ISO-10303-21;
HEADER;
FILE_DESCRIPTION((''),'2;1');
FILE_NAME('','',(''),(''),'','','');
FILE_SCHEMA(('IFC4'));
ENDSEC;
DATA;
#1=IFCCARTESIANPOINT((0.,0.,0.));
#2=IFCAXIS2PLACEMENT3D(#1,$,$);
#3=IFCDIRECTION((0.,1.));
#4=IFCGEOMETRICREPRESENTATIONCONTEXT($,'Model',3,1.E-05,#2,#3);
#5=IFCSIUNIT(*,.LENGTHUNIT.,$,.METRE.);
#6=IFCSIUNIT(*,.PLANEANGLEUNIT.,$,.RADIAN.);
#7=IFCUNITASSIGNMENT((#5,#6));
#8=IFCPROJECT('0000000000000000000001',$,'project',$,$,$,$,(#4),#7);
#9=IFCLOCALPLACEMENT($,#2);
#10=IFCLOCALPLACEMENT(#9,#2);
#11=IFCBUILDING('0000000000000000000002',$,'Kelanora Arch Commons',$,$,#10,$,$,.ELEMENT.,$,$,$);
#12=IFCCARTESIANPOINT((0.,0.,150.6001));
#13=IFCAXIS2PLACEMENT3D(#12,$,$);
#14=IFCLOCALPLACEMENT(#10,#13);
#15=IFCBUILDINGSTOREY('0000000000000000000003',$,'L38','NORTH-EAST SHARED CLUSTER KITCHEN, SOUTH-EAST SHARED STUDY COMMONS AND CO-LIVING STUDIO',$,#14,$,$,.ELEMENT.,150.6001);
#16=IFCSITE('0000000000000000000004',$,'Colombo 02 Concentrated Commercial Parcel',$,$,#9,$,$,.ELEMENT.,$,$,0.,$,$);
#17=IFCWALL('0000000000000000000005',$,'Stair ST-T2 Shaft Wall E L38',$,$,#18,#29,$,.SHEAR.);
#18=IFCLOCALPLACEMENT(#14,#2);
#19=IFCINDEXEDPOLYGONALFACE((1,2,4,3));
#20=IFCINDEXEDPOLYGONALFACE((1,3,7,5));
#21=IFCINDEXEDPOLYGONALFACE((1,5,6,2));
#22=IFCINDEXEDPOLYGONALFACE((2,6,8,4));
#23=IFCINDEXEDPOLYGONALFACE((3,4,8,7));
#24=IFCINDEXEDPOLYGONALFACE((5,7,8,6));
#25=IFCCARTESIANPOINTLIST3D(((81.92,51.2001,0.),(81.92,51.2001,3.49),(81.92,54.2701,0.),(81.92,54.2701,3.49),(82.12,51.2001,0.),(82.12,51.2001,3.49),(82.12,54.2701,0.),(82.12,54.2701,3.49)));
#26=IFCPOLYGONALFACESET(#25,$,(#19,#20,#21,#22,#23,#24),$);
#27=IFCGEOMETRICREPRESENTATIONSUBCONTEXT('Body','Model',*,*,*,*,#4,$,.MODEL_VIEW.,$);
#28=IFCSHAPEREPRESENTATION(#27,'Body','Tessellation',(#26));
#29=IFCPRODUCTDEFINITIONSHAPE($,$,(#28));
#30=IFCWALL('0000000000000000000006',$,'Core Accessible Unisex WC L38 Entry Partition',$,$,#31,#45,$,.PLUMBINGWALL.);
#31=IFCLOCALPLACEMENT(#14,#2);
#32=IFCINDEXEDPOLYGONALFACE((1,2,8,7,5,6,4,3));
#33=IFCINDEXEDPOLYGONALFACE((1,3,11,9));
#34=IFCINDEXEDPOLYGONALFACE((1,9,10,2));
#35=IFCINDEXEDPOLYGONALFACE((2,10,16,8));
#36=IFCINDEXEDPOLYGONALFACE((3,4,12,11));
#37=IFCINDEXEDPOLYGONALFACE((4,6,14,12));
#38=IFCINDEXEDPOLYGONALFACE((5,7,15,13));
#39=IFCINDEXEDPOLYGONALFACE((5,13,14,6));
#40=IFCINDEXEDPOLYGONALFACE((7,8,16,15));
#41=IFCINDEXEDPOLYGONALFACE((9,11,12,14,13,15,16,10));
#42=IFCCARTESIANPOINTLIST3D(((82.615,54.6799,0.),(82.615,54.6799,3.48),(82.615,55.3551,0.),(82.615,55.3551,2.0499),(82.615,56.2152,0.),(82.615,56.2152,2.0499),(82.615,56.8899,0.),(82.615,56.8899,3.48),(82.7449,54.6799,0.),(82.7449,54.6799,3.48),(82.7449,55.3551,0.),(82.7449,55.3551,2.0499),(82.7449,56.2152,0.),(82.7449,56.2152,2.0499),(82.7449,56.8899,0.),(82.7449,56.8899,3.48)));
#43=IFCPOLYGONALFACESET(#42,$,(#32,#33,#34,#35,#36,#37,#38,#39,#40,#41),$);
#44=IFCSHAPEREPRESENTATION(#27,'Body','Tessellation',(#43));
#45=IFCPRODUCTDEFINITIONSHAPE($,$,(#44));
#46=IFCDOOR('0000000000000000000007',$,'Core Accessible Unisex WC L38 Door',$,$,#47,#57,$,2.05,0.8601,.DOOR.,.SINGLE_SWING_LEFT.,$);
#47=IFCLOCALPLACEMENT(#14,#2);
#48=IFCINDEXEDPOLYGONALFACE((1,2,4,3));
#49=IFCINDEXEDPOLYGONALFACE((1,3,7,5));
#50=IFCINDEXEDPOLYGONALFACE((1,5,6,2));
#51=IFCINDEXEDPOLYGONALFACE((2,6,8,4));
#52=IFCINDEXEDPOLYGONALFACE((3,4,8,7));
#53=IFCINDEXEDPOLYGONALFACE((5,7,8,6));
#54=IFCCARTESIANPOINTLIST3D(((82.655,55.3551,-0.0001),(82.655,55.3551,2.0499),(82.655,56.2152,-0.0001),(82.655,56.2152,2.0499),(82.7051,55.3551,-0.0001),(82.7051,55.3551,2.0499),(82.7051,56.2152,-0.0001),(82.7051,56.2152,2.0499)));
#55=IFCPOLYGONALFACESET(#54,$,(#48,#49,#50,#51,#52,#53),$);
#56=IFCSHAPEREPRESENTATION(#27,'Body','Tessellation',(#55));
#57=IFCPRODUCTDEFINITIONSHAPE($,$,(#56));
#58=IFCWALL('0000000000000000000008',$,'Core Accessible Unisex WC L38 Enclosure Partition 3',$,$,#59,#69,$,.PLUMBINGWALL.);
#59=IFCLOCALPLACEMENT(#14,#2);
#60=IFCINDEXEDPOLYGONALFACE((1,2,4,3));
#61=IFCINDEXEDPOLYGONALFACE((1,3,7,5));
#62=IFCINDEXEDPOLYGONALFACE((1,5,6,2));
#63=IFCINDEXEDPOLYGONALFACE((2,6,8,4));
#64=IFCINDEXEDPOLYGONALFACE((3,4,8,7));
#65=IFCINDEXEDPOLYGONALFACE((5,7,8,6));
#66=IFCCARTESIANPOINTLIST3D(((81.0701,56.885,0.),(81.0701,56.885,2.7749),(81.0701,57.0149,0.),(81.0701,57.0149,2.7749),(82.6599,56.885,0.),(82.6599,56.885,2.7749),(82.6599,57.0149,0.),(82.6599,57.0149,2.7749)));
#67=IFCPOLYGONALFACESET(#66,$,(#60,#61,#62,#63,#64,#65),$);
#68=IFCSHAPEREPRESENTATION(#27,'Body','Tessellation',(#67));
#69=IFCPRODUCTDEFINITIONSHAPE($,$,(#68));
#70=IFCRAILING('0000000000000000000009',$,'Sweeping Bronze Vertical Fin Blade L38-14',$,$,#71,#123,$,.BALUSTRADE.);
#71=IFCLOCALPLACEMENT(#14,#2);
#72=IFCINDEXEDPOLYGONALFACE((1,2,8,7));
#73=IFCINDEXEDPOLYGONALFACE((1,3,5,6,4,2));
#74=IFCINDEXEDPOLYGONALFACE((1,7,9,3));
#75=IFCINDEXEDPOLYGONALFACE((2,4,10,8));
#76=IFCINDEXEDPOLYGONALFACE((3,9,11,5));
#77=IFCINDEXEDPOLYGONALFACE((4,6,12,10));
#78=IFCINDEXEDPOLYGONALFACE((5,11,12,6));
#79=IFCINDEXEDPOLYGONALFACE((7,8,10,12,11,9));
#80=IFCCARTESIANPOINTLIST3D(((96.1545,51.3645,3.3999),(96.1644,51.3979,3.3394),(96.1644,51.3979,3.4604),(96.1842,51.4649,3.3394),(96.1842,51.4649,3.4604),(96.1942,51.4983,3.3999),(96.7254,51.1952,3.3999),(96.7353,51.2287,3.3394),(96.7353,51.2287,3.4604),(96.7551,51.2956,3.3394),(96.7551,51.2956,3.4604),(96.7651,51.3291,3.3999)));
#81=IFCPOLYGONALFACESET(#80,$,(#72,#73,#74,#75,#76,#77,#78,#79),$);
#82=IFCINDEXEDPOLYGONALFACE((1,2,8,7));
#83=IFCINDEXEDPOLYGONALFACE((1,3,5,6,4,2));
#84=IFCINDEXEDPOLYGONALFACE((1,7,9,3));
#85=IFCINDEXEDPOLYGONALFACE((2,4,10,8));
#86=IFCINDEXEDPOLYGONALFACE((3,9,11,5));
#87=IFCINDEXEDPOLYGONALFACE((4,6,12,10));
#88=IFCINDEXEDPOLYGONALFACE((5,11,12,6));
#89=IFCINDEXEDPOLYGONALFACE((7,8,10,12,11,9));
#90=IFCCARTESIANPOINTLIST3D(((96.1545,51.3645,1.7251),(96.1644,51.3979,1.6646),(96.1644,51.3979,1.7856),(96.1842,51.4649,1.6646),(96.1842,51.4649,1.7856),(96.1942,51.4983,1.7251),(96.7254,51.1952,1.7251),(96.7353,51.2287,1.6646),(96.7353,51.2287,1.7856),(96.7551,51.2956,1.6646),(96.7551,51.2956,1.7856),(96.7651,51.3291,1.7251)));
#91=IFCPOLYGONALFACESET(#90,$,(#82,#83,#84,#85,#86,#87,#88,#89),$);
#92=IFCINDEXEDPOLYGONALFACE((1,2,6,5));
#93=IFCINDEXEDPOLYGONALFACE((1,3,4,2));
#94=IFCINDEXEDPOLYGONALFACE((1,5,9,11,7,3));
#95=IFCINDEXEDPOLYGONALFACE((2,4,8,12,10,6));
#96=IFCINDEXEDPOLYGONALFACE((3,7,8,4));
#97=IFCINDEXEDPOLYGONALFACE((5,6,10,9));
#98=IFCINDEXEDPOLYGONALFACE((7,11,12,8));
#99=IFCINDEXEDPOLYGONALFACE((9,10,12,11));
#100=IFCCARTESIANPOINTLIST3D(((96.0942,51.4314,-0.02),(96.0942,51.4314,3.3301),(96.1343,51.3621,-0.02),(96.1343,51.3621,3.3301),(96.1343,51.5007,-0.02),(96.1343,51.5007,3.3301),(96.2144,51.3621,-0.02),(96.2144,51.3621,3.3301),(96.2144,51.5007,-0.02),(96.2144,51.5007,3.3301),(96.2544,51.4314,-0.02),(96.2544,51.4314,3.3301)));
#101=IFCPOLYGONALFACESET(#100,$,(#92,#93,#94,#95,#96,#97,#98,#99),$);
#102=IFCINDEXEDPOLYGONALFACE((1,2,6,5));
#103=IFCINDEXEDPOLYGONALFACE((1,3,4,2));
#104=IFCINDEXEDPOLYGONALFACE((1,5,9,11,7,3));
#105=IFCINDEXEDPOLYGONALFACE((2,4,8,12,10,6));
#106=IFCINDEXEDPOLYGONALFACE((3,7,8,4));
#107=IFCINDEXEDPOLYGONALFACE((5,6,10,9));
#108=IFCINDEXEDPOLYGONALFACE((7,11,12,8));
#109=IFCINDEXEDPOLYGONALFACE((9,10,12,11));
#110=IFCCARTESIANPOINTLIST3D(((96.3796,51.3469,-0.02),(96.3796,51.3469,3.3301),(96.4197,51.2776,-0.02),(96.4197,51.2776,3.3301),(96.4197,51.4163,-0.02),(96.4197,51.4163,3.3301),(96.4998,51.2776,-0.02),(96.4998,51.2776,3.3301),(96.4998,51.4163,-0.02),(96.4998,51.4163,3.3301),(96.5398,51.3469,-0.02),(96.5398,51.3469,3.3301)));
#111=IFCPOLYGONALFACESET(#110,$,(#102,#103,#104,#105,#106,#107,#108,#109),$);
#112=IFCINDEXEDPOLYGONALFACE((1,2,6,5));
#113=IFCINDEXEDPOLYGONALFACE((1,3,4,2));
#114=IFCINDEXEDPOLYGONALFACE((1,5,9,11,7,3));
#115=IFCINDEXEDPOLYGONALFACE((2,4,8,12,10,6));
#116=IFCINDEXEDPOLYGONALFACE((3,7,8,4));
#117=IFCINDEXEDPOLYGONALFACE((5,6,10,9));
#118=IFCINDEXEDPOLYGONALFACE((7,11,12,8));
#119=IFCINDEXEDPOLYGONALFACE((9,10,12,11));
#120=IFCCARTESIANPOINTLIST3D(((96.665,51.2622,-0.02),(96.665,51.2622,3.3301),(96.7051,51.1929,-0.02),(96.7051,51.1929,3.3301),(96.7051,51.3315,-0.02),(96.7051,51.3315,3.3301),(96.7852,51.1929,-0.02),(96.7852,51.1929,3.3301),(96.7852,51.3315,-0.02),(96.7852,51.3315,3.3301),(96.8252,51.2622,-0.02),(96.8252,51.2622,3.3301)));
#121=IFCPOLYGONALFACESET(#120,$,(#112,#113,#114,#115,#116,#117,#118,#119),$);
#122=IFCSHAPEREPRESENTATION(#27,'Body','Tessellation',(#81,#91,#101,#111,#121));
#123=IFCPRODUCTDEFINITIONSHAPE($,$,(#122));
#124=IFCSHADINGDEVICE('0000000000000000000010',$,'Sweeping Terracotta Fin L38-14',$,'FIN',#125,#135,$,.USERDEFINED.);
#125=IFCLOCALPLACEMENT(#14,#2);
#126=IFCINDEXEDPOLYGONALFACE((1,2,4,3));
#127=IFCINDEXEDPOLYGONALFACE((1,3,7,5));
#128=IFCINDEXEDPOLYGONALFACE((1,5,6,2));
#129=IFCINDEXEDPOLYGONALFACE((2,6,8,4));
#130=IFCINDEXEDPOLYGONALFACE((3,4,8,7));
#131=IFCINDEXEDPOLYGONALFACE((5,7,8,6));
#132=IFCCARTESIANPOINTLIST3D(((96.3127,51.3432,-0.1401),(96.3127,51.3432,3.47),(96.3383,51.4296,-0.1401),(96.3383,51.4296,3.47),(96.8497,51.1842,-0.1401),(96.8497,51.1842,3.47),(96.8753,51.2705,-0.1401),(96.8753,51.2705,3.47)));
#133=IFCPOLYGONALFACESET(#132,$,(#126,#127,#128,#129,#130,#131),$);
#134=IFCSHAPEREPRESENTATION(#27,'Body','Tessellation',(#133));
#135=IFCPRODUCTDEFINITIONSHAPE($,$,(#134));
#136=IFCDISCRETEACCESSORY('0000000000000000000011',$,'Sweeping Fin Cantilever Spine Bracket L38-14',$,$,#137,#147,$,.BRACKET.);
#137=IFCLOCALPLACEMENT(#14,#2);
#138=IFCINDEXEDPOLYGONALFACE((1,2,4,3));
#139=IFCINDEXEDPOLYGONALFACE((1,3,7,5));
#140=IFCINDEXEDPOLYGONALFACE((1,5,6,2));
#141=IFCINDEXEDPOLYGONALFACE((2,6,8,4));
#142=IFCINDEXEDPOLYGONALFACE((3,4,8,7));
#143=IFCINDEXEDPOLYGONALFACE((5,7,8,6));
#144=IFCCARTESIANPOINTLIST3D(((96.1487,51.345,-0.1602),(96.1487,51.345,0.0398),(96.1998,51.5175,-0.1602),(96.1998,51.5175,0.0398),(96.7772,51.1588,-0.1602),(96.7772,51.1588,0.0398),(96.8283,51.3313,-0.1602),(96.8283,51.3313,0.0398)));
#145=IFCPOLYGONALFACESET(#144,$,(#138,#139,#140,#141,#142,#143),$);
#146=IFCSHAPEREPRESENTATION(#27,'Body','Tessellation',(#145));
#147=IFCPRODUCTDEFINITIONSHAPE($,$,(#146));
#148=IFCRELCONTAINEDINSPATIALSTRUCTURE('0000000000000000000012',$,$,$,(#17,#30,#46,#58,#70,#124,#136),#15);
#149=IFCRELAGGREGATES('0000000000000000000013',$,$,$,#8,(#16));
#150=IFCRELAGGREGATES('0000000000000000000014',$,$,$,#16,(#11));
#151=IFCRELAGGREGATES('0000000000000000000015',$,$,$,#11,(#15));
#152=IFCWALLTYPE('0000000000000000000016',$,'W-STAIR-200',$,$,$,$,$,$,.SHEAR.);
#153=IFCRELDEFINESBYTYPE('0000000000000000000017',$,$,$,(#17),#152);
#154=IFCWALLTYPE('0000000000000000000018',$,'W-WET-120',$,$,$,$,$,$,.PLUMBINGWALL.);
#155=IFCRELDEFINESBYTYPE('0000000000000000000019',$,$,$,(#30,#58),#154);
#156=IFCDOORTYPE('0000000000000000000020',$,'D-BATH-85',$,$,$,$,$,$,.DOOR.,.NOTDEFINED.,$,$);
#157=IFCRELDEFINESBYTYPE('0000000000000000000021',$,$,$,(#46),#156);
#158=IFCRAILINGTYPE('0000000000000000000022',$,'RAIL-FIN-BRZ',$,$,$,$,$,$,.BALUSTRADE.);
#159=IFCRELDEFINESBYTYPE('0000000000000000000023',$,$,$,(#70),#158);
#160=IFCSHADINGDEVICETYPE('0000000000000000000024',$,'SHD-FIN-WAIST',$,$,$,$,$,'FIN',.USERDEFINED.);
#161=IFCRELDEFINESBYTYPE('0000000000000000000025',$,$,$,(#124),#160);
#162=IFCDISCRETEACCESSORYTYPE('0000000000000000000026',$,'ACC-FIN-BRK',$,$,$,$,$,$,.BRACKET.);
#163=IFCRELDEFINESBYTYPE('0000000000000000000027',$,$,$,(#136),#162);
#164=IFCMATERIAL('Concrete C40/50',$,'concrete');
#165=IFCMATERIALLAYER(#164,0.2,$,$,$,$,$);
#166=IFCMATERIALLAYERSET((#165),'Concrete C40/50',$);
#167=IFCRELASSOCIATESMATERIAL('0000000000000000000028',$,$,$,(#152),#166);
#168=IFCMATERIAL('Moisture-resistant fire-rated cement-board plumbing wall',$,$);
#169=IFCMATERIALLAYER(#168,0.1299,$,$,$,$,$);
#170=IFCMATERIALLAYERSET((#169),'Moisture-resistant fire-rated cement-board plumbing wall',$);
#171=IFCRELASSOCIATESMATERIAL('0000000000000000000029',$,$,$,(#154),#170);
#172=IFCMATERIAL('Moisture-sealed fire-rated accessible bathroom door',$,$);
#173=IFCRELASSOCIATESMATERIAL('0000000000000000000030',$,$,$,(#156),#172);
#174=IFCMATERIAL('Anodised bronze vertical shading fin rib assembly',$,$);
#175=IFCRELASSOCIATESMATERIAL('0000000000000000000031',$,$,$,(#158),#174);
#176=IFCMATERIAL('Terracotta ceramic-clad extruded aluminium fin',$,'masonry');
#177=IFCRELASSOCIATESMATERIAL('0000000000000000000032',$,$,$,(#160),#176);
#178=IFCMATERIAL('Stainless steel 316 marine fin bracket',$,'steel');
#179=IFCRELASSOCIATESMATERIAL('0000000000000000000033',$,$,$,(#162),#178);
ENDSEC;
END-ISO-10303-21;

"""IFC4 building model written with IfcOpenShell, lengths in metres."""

from ifc_helpers import new_model, si_unit, direction, frame, frame_2d, origin, origin_2d, place, context, subcontext, project, spatial, polyline, rectangle, outline, extrude, source, transform, mapped, material, layer, layer_set, type_object, element, fill, save


model = new_model("IFC4")

# Units and contexts
model_context = context("Model", 3, precision=1e-05, world=origin(), true_north=direction((0.0, 1.0)))
body_context = subcontext(model_context, "Body", "Model", "MODEL_VIEW")
ifc_project = project(units=[si_unit("LENGTHUNIT", "METRE"), si_unit("PLANEANGLEUNIT", "RADIAN")], contexts=[model_context])

# Site, building, storey
site_placement = place(None, origin())
site = spatial("IfcSite", under=ifc_project, at=site_placement, Name="Colombo 02 Concentrated Commercial Parcel", CompositionType="ELEMENT", RefElevation=0.0)
building_placement = place(site_placement, origin())
building = spatial("IfcBuilding", under=site, at=building_placement, Name="Kelanora Arch Commons", CompositionType="ELEMENT")
storey_placement = place(building_placement, frame((0.0, 0.0, 150.6001)))
storey = spatial("IfcBuildingStorey", under=building, at=storey_placement, Name="L38", Description="NORTH-EAST SHARED CLUSTER KITCHEN, SOUTH-EAST SHARED STUDY COMMONS AND CO-LIVING STUDIO", CompositionType="ELEMENT", Elevation=150.6001)

# Wall
ifc_material_1 = material(Name="Concrete C40/50", Category="concrete")
ifc_layer_1 = layer(ifc_material_1, 0.2)
ifc_layer_set_1 = layer_set([ifc_layer_1], Name="Concrete C40/50")
wall_type_1 = type_object("IfcWallType", Name="W-STAIR-200", PredefinedType="SHEAR", material=ifc_layer_set_1)
wall_1_placement = place(storey_placement, frame((82.02, 51.2, 0.0), z_axis=(0.0, 0.0, 1.0), x_axis=(0.0, 1.0, 0.0)))
element("IfcWall", 1, at=wall_1_placement, inside=storey, type_object=wall_type_1, Name="Stair ST-T2 Shaft Wall E L38", PredefinedType="SHEAR", context=body_context, shape_type="SweptSolid", body=[
    extrude(rectangle(XDim=3.0701, YDim=0.2, at=frame_2d((1.5352, 0.0))), origin(), (0.0, 0.0, 1.0), 3.49),
])

# Wall, opening, door
ifc_material_2 = material(Name="Moisture-resistant fire-rated cement-board plumbing wall")
ifc_layer_2 = layer(ifc_material_2, 0.1299)
ifc_layer_set_2 = layer_set([ifc_layer_2], Name="Moisture-resistant fire-rated cement-board plumbing wall")
wall_type_2 = type_object("IfcWallType", Name="W-WET-120", PredefinedType="PLUMBINGWALL", material=ifc_layer_set_2)
wall_2_placement = place(storey_placement, frame((82.6799, 54.6799, 0.0), z_axis=(0.0, 0.0, 1.0), x_axis=(0.0, 1.0, 0.0)))
wall_2 = element("IfcWall", 2, at=wall_2_placement, inside=storey, type_object=wall_type_2, Name="Core Accessible Unisex WC L38 Entry Partition", PredefinedType="PLUMBINGWALL", context=body_context, shape_type="SweptSolid", body=[
    extrude(rectangle(XDim=2.21, YDim=0.1299, at=frame_2d((1.105, 0.0))), origin(), (0.0, 0.0, 1.0), 3.48),
])
opening_1_placement = place(wall_2_placement, frame((0.675, 0.0, 0.0)))
opening_1 = element("IfcOpeningElement", 3, at=opening_1_placement, cuts=wall_2, PredefinedType="OPENING", context=body_context, shape_type="SweptSolid", body=[
    extrude(rectangle(XDim=0.8601, YDim=2.05, at=frame_2d((0.4302, 1.0249))), frame((0.0, 0.075, 0.0), z_axis=(0.0, -1.0, 0.0), x_axis=(1.0, 0.0, 0.0)), (0.0, 0.0, 1.0), 0.1499),
])
ifc_material_3 = material(Name="Moisture-sealed fire-rated accessible bathroom door")
door_type = type_object("IfcDoorType", Name="D-BATH-85", OperationType="NOTDEFINED", PredefinedType="DOOR", material=ifc_material_3)
door_placement = place(opening_1_placement, origin())
door = element("IfcDoor", 4, at=door_placement, inside=storey, type_object=door_type, Name="Core Accessible Unisex WC L38 Door", OperationType="SINGLE_SWING_LEFT", OverallHeight=2.05, OverallWidth=0.8601, PredefinedType="DOOR", context=body_context, shape_type="SweptSolid", body=[
    extrude(rectangle(XDim=0.8601, YDim=2.05, at=frame_2d((0.4302, 1.0249))), frame((0.0, 0.0249, 0.0), z_axis=(0.0, -1.0, 0.0), x_axis=(1.0, 0.0, 0.0)), (0.0, 0.0, 1.0), 0.05),
])
fill(opening_1, door)

# Wall
wall_3_placement = place(storey_placement, frame((82.6599, 56.95, 0.0), z_axis=(0.0, 0.0, 1.0), x_axis=(-1.0, 0.0, 0.0)))
element("IfcWall", 5, at=wall_3_placement, inside=storey, type_object=wall_type_2, Name="Core Accessible Unisex WC L38 Enclosure Partition 3", PredefinedType="PLUMBINGWALL", context=body_context, shape_type="SweptSolid", body=[
    extrude(rectangle(XDim=1.5898, YDim=0.1299, at=frame_2d((0.7949, 0.0))), origin(), (0.0, 0.0, 1.0), 2.7749),
])

# Railing
ifc_material_4 = material(Name="Anodised bronze vertical shading fin rib assembly")
railing_type = type_object("IfcRailingType", Name="RAIL-FIN-BRZ", PredefinedType="BALUSTRADE", material=ifc_material_4)
railing_placement = place(storey_placement, frame((96.1743, 51.4314, -0.02)))
element("IfcRailing", 6, at=railing_placement, inside=storey, type_object=railing_type, Name="Sweeping Bronze Vertical Fin Blade L38-14", PredefinedType="BALUSTRADE", context=body_context, shape_type="SweptSolid", body=[
    extrude(outline(polyline([(0.0698, 0.0), (0.0349, 0.0605), (-0.0349, 0.0605), (-0.0698, 0.0), (-0.0349, -0.0605), (0.0349, -0.0605), (0.0698, 0.0)])), frame((0.0, 0.0, 3.4199), z_axis=(0.958769, -0.284186, 0.0), x_axis=(0.284186, 0.958769, 0.0)), (0.0, 0.0, 1.0), 0.5955),
    extrude(outline(polyline([(0.0698, 0.0), (0.0349, 0.0605), (-0.0349, 0.0605), (-0.0698, 0.0), (-0.0349, -0.0605), (0.0349, -0.0605), (0.0698, 0.0)])), frame((0.0, 0.0, 1.7451), z_axis=(0.958769, -0.284186, 0.0), x_axis=(0.284186, 0.958769, 0.0)), (0.0, 0.0, 1.0), 0.5955),
    extrude(outline(polyline([(0.0801, 0.0), (0.04, 0.0693), (-0.04, 0.0693), (-0.0801, 0.0), (-0.04, -0.0693), (0.04, -0.0693), (0.0801, 0.0)])), origin(), (0.0, 0.0, 1.0), 3.3501),
    extrude(outline(polyline([(0.0801, 0.0), (0.04, 0.0693), (-0.04, 0.0693), (-0.0801, 0.0), (-0.04, -0.0693), (0.04, -0.0693), (0.0801, 0.0)])), frame((0.2854, -0.0845, 0.0)), (0.0, 0.0, 1.0), 3.3501),
    extrude(outline(polyline([(0.0801, 0.0), (0.04, 0.0693), (-0.04, 0.0693), (-0.0801, 0.0), (-0.04, -0.0693), (0.04, -0.0693), (0.0801, 0.0)])), frame((0.5708, -0.1692, 0.0)), (0.0, 0.0, 1.0), 3.3501),
])

# Shading device
ifc_material_5 = material(Name="Terracotta ceramic-clad extruded aluminium fin", Category="masonry")
shading_device_type = type_object("IfcShadingDeviceType", Name="SHD-FIN-WAIST", ElementType="FIN", PredefinedType="USERDEFINED", material=ifc_material_5)
shared_shape_1 = source(origin(), body_context, "Body", "SweptSolid", [
    extrude(rectangle(XDim=0.5601, YDim=0.0901, at=origin_2d()), origin(), (0.0, 0.0, 1.0), 3.6101),
])
shading_device_placement = place(storey_placement, frame((96.594, 51.3069, -0.1401), z_axis=(0.0, 0.0, 1.0), x_axis=(0.95882, -0.284015, 0.0)))
element("IfcShadingDevice", 7, at=shading_device_placement, inside=storey, type_object=shading_device_type, Name="Sweeping Terracotta Fin L38-14", ObjectType="FIN", PredefinedType="USERDEFINED", context=body_context, shape_type="MappedRepresentation", body=[
    mapped(shared_shape_1, transform((0.0, 0.0, 0.0), scale=1.0)),
])

# Discrete accessory
ifc_material_6 = material(Name="Stainless steel 316 marine fin bracket", Category="steel")
discrete_accessory_type = type_object("IfcDiscreteAccessoryType", Name="ACC-FIN-BRK", PredefinedType="BRACKET", material=ifc_material_6)
shared_shape_2 = source(origin(), body_context, "Body", "SweptSolid", [
    extrude(rectangle(XDim=0.6555, YDim=0.1799, at=origin_2d()), origin(), (0.0, 0.0, 1.0), 0.2),
])
discrete_accessory_placement = place(storey_placement, frame((96.4885, 51.3381, -0.1602), z_axis=(0.0, 0.0, 1.0), x_axis=(0.95882, -0.284015, 0.0)))
element("IfcDiscreteAccessory", 8, at=discrete_accessory_placement, inside=storey, type_object=discrete_accessory_type, Name="Sweeping Fin Cantilever Spine Bracket L38-14", PredefinedType="BRACKET", context=body_context, shape_type="MappedRepresentation", body=[
    mapped(shared_shape_2, transform((0.0, 0.0, 0.0), scale=1.0)),
])

save(model, "model.ifc")
